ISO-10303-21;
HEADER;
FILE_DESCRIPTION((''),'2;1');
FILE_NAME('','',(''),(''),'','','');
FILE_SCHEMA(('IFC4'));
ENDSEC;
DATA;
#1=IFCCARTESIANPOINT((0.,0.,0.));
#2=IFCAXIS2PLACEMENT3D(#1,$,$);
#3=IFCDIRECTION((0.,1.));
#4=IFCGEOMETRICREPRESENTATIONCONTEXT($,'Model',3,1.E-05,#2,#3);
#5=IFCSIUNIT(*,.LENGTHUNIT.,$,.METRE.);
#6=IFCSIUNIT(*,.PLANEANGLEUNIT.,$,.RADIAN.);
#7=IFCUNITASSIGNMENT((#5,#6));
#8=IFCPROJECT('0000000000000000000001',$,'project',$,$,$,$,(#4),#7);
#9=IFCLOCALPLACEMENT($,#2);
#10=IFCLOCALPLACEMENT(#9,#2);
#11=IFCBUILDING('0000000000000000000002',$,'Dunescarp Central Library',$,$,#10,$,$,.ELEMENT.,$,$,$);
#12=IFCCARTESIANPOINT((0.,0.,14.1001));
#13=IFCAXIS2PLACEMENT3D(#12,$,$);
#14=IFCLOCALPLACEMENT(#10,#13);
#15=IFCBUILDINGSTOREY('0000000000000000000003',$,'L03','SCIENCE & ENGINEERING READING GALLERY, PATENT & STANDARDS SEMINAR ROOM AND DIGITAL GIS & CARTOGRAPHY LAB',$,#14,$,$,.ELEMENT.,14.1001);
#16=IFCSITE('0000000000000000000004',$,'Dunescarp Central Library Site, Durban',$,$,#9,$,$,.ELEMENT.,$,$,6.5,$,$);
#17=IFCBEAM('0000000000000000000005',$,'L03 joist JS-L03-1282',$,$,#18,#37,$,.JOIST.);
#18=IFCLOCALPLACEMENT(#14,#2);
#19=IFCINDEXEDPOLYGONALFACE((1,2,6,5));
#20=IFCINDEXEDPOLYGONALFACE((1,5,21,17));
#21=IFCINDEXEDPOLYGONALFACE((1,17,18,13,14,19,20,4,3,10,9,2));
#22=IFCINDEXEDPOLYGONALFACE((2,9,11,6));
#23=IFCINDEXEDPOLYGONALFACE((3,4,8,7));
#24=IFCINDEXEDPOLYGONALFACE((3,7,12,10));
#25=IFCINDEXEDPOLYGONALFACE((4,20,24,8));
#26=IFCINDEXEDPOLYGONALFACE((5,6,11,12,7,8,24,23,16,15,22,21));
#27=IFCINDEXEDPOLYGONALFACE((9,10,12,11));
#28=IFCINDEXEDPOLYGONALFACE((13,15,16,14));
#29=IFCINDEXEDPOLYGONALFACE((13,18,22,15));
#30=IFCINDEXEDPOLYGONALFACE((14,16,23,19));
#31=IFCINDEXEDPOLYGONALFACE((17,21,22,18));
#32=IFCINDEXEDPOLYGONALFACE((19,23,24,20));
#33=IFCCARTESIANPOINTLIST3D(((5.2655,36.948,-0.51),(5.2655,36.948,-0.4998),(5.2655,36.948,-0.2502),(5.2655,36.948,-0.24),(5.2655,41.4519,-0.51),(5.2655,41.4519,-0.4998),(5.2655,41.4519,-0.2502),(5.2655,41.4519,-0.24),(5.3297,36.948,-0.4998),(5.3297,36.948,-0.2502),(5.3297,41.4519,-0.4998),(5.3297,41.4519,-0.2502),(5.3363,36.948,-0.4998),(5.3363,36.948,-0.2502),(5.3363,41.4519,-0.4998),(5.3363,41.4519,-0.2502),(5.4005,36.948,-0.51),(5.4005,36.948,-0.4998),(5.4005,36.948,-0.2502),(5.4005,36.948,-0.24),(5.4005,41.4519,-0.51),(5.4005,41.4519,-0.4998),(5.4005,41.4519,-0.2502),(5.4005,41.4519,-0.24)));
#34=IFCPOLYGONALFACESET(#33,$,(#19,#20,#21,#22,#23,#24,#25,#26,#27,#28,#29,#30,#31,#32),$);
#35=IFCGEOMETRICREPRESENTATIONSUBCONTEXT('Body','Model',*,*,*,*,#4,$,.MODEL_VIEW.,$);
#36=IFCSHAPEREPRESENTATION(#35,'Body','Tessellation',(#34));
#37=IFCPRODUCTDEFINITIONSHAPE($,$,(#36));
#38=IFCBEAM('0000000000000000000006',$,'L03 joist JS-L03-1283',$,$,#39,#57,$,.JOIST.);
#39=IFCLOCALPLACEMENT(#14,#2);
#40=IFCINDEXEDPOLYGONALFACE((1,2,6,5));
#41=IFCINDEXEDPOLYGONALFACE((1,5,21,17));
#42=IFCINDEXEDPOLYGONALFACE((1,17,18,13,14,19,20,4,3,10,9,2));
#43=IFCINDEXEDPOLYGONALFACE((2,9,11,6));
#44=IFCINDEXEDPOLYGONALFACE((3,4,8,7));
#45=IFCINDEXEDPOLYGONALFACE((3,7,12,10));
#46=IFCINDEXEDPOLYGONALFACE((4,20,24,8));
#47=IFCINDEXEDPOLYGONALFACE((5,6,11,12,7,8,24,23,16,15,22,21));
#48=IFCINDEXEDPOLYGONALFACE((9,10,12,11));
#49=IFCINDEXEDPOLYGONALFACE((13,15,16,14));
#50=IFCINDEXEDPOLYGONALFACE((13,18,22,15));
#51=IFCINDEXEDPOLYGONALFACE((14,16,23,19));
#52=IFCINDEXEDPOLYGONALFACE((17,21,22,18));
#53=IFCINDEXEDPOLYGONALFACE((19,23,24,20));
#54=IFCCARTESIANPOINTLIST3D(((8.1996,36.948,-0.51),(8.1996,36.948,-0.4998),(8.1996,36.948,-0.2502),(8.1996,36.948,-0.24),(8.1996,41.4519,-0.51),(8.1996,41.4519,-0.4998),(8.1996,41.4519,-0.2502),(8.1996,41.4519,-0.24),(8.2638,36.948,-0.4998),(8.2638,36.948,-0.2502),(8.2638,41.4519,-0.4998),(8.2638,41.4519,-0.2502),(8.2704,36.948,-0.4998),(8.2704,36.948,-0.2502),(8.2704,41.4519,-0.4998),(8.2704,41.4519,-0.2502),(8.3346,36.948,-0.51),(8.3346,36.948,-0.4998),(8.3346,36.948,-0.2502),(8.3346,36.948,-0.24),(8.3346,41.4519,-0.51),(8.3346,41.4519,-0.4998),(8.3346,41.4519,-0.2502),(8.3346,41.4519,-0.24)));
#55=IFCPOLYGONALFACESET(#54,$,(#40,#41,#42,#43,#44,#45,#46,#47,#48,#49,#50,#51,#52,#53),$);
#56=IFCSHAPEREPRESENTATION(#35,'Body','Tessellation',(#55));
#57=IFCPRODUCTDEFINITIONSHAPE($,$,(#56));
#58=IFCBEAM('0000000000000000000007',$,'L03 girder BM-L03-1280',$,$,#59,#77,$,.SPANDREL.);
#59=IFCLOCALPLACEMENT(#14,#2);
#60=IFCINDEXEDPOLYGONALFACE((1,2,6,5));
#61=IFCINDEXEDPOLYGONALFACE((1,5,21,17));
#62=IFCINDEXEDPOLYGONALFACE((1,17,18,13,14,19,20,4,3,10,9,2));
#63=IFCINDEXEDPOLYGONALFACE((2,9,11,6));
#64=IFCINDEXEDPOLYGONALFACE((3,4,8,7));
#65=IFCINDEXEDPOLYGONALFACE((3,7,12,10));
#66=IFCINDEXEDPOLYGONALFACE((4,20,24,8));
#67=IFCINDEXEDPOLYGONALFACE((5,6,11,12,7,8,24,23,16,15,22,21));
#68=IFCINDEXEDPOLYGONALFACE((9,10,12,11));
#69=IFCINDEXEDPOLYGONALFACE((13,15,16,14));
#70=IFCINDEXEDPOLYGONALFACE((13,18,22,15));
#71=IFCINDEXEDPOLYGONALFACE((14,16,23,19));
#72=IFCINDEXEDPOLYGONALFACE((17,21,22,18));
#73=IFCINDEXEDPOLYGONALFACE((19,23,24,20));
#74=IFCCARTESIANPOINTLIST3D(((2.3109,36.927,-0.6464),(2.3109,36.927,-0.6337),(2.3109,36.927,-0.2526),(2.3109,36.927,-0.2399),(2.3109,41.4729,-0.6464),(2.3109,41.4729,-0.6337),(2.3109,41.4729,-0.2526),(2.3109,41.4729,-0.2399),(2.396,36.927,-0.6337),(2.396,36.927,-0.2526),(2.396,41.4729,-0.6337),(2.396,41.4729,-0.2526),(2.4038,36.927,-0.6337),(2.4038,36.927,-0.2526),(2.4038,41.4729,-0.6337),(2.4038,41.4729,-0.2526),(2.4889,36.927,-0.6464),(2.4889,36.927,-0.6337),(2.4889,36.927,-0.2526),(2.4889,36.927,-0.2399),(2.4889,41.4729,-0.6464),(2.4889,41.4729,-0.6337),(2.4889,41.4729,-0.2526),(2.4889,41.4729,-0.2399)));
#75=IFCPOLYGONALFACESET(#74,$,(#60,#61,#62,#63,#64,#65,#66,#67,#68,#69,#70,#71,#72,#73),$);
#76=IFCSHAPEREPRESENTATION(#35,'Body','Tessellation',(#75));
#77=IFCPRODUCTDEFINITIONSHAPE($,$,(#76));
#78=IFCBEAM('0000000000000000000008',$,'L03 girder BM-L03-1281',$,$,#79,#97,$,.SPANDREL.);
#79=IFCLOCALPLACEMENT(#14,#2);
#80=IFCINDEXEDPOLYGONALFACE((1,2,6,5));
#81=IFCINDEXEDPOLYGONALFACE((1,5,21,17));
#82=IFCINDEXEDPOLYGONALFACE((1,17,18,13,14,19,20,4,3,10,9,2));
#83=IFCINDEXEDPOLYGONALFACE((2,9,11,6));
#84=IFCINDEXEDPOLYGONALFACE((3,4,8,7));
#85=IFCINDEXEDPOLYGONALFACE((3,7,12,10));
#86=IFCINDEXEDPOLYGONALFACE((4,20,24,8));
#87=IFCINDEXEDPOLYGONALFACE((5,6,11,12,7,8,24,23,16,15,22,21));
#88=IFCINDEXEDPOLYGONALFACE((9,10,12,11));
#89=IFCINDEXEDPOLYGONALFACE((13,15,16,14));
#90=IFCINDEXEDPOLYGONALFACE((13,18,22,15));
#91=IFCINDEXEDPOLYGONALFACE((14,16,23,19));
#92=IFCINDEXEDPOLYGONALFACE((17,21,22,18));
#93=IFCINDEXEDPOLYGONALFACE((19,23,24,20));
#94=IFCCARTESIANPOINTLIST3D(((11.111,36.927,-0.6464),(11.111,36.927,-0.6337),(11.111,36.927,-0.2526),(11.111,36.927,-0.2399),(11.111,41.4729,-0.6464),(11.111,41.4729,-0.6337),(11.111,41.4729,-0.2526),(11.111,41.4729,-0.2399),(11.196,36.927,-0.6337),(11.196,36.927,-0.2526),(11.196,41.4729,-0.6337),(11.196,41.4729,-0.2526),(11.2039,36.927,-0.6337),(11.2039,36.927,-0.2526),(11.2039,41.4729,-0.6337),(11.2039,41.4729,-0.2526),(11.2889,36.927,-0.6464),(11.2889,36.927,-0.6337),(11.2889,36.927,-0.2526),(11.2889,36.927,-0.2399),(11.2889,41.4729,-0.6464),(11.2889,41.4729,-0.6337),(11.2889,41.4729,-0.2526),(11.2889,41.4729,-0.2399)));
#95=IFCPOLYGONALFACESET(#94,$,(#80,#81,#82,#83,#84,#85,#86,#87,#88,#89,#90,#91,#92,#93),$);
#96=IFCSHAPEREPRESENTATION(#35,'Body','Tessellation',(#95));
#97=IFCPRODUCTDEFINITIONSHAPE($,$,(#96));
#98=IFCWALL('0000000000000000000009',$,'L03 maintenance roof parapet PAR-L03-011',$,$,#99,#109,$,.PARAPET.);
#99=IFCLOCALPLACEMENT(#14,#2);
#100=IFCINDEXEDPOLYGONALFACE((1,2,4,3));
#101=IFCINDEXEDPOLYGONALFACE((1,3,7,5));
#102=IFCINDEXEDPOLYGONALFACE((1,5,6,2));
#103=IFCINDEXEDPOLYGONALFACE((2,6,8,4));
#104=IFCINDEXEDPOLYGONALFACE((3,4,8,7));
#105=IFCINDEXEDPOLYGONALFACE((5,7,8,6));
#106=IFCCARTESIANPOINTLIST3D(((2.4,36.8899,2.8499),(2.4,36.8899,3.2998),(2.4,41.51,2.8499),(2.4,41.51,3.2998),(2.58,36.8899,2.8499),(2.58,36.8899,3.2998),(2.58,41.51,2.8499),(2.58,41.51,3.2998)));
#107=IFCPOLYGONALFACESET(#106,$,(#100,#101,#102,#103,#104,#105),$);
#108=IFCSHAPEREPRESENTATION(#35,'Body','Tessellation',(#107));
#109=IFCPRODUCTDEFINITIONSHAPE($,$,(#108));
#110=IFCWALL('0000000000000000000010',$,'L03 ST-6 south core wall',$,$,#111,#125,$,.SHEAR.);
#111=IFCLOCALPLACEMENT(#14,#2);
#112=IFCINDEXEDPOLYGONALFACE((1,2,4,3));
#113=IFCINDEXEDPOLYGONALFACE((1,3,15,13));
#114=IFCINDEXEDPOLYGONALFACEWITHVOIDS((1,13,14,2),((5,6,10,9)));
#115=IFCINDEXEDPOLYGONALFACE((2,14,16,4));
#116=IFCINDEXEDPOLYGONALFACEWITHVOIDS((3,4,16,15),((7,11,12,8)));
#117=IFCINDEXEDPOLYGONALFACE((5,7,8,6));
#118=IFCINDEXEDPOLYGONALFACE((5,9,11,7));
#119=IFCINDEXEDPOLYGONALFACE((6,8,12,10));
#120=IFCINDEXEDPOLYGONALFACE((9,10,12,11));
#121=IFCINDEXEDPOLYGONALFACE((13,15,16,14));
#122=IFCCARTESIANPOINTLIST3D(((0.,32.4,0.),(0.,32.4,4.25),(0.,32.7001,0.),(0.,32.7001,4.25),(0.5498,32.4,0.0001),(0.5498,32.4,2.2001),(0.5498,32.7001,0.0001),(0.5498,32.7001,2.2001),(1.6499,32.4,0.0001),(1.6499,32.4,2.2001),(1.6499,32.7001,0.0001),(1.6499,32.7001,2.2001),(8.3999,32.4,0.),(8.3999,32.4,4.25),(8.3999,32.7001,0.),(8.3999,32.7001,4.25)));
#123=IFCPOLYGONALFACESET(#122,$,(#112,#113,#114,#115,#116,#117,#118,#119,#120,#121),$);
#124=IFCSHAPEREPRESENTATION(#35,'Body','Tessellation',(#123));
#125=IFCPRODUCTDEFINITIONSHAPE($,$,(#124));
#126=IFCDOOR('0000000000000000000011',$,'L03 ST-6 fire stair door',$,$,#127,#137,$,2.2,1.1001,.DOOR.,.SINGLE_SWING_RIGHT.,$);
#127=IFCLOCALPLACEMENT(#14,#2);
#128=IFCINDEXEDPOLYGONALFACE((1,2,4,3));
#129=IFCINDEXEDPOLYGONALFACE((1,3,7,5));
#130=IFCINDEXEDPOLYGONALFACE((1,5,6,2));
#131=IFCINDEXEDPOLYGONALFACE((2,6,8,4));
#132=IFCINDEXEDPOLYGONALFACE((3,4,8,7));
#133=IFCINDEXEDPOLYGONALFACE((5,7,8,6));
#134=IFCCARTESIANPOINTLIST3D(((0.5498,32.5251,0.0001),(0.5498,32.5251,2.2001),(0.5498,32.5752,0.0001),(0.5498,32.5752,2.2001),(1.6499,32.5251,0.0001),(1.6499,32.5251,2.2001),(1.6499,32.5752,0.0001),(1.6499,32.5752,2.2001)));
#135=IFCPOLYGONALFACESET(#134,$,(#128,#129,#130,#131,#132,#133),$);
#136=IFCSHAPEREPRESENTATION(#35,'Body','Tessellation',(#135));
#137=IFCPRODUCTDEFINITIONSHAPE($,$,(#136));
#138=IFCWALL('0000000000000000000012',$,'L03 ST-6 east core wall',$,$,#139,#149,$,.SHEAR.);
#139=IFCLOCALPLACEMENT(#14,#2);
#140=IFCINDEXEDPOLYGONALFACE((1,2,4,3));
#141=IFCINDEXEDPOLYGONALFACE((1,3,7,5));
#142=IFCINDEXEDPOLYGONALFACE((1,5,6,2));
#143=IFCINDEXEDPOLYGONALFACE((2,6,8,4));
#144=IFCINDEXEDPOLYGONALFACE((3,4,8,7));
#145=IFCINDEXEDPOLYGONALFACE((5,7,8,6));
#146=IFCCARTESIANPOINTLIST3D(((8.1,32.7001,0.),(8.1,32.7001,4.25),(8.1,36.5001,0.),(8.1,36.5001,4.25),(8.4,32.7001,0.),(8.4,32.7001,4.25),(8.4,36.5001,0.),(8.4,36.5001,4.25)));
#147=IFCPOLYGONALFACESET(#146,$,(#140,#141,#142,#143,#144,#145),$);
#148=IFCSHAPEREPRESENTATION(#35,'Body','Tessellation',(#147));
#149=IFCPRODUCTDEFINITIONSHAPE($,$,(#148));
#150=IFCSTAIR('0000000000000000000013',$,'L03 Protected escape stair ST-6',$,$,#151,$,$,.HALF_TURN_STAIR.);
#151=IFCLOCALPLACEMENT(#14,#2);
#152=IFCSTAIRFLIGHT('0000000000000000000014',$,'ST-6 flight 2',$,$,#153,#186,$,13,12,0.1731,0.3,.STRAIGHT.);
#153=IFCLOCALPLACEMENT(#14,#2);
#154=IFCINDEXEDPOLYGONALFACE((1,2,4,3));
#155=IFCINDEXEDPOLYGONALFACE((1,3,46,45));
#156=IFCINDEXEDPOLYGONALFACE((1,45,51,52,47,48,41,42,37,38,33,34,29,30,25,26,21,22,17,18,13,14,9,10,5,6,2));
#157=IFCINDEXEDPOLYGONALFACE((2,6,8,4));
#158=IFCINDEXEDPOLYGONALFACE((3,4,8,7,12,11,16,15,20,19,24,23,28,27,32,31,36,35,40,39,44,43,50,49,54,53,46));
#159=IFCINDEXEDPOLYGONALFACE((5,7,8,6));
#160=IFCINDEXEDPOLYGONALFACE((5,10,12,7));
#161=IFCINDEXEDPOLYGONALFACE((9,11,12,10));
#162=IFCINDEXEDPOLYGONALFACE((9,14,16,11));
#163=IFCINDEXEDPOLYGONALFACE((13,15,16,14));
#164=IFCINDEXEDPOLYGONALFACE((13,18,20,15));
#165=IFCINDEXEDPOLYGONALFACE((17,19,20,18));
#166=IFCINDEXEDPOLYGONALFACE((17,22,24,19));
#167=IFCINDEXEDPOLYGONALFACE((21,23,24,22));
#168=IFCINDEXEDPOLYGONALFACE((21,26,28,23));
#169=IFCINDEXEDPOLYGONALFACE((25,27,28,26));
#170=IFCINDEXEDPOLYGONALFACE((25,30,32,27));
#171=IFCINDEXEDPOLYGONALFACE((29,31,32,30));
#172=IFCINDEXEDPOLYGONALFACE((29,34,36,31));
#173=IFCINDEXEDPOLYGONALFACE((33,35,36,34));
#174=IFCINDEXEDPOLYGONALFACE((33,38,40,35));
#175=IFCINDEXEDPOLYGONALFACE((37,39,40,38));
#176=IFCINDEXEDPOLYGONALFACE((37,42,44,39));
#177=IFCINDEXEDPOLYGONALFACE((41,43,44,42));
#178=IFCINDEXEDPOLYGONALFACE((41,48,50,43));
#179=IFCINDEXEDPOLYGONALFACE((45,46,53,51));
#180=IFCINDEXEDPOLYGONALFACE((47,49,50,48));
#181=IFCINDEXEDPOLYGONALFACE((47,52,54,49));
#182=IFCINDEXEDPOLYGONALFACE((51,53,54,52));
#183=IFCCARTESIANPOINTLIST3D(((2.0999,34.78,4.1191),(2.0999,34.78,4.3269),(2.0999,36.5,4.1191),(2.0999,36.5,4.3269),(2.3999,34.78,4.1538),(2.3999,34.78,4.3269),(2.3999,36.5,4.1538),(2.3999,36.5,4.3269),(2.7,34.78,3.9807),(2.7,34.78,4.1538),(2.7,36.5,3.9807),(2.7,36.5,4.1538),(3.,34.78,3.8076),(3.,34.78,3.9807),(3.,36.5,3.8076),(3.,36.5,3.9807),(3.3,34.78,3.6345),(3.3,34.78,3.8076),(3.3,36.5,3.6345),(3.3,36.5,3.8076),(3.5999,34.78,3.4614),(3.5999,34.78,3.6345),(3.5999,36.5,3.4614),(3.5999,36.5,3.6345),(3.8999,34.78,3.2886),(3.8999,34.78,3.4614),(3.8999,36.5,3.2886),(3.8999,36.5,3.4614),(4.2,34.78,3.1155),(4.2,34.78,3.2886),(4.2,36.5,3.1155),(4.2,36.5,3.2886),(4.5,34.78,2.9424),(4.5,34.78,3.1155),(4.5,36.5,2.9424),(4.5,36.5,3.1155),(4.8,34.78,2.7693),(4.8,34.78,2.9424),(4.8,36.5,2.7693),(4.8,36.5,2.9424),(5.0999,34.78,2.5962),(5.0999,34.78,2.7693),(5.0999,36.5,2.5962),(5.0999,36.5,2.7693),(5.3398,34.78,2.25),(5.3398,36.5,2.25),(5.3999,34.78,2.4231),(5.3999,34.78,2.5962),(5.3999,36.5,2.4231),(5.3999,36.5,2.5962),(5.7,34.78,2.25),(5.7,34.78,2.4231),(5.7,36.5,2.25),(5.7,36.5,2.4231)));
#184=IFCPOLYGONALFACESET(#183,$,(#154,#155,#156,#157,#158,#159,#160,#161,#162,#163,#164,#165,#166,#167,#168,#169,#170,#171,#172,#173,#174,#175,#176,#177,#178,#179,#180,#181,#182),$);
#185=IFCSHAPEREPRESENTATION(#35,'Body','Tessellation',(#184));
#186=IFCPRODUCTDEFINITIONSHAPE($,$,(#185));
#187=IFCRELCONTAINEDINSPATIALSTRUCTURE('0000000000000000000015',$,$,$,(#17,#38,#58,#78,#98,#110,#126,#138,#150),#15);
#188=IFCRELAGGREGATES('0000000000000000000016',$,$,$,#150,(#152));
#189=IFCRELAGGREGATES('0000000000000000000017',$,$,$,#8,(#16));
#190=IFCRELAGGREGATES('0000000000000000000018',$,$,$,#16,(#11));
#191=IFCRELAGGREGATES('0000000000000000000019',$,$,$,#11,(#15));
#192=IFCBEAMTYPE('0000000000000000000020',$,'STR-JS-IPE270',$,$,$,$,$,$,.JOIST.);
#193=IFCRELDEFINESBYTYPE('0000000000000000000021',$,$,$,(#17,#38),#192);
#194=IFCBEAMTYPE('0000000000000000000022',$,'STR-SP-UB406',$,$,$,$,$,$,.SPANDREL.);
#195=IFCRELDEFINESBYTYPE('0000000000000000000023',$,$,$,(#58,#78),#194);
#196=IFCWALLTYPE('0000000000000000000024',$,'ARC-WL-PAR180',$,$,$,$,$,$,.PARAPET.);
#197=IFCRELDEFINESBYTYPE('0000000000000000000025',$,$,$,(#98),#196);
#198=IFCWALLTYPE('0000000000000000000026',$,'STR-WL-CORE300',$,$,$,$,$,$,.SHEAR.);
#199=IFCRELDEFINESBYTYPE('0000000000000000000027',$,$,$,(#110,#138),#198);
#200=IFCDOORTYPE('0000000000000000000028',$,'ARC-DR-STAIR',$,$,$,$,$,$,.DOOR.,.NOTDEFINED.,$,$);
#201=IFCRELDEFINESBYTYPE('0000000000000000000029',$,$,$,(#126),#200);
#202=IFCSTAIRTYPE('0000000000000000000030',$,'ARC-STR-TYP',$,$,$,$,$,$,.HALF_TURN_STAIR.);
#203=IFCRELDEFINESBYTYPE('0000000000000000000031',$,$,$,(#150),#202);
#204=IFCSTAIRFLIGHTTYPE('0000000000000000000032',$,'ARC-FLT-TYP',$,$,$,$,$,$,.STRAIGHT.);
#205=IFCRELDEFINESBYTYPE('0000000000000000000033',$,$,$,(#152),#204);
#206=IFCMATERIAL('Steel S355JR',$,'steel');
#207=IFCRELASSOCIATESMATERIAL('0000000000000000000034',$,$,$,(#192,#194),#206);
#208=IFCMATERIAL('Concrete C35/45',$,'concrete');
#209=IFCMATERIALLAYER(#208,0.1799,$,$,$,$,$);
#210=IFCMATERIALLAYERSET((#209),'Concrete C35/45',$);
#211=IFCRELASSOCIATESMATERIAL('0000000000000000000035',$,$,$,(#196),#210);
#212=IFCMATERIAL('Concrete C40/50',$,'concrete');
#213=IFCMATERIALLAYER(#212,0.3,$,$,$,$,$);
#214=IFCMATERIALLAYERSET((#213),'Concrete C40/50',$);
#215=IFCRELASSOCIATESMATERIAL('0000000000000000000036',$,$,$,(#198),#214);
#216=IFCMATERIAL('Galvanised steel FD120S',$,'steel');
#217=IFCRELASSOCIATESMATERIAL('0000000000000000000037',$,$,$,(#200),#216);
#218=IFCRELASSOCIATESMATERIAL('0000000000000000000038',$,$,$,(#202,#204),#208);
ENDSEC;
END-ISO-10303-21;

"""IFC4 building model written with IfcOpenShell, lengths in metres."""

from ifc_helpers import new_model, si_unit, direction, frame, frame_2d, origin, origin_2d, place, context, subcontext, project, spatial, polyline, rectangle, i_section, outline, extrude, material, layer, layer_set, material_profile, profile_set, type_object, element, fill, aggregate, save


model = new_model("IFC4")

# Units and contexts
model_context = context("Model", 3, precision=1e-05, world=origin(), true_north=direction((0.0, 1.0)))
body_context = subcontext(model_context, "Body", "Model", "MODEL_VIEW")
ifc_project = project(units=[si_unit("LENGTHUNIT", "METRE"), si_unit("PLANEANGLEUNIT", "RADIAN")], contexts=[model_context])

# Site, building, storey
site_placement = place(None, origin())
site = spatial("IfcSite", under=ifc_project, at=site_placement, Name="Dunescarp Central Library Site, Durban", CompositionType="ELEMENT", RefElevation=6.5)
building_placement = place(site_placement, origin())
building = spatial("IfcBuilding", under=site, at=building_placement, Name="Dunescarp Central Library", CompositionType="ELEMENT")
storey_placement = place(building_placement, frame((0.0, 0.0, 14.1001)))
storey = spatial("IfcBuildingStorey", under=building, at=storey_placement, Name="L03", Description="SCIENCE & ENGINEERING READING GALLERY, PATENT & STANDARDS SEMINAR ROOM AND DIGITAL GIS & CARTOGRAPHY LAB", CompositionType="ELEMENT", Elevation=14.1001)

# Shared definitions
ifc_material_1 = material(Name="Steel S355JR", Category="steel")

# Beams
ifc_material_profile_1 = material_profile(ifc_material_1, i_section(OverallWidth=0.135, OverallDepth=0.27, WebThickness=0.0066, FlangeThickness=0.0103, at=origin_2d()), Name="IPE 270")
ifc_profile_set_1 = profile_set([ifc_material_profile_1], Name="Steel S355JR")
beam_type_1 = type_object("IfcBeamType", Name="STR-JS-IPE270", PredefinedType="JOIST", material=ifc_profile_set_1)
for number, where, z_axis, x_axis, name in (
    (1, (5.333, 36.948, -0.375), (0.0, 1.0, 0.0), (-1.0, 0.0, 0.0), "L03 joist JS-L03-1282"),
    (2, (8.2671, 36.948, -0.375), (0.0, 1.0, 0.0), (-1.0, 0.0, 0.0), "L03 joist JS-L03-1283"),
):
    element("IfcBeam", number, at=place(storey_placement, frame(where, z_axis=z_axis, x_axis=x_axis)), inside=storey, type_object=beam_type_1, Name=name, PredefinedType="JOIST", context=body_context, shape_type="SweptSolid", body=[
        extrude(i_section(OverallWidth=0.135, OverallDepth=0.27, WebThickness=0.0066, FlangeThickness=0.0103, at=origin_2d()), origin(), (0.0, 0.0, 1.0), 4.5039),
    ])
ifc_material_profile_2 = material_profile(ifc_material_1, i_section(OverallWidth=0.178, OverallDepth=0.4065, WebThickness=0.0078, FlangeThickness=0.0127, at=origin_2d()), Name="UB 406x178x60")
ifc_profile_set_2 = profile_set([ifc_material_profile_2], Name="Steel S355JR")
beam_type_2 = type_object("IfcBeamType", Name="STR-SP-UB406", PredefinedType="SPANDREL", material=ifc_profile_set_2)
for number, where, z_axis, x_axis, name in (
    (3, (2.3999, 36.927, -0.4431), (0.0, 1.0, 0.0), (-1.0, 0.0, 0.0), "L03 girder BM-L03-1280"),
    (4, (11.2, 36.927, -0.4431), (0.0, 1.0, 0.0), (-1.0, 0.0, 0.0), "L03 girder BM-L03-1281"),
):
    element("IfcBeam", number, at=place(storey_placement, frame(where, z_axis=z_axis, x_axis=x_axis)), inside=storey, type_object=beam_type_2, Name=name, PredefinedType="SPANDREL", context=body_context, shape_type="SweptSolid", body=[
        extrude(i_section(OverallWidth=0.178, OverallDepth=0.4065, WebThickness=0.0078, FlangeThickness=0.0127, at=origin_2d()), origin(), (0.0, 0.0, 1.0), 4.5459),
    ])

# Wall
ifc_material_2 = material(Name="Concrete C35/45", Category="concrete")
ifc_layer_1 = layer(ifc_material_2, 0.1799)
ifc_layer_set_1 = layer_set([ifc_layer_1], Name="Concrete C35/45")
wall_type_1 = type_object("IfcWallType", Name="ARC-WL-PAR180", PredefinedType="PARAPET", material=ifc_layer_set_1)
wall_1_placement = place(storey_placement, frame((2.49, 36.8899, 2.8499), z_axis=(0.0, 0.0, 1.0), x_axis=(0.0, 1.0, 0.0)))
element("IfcWall", 5, at=wall_1_placement, inside=storey, type_object=wall_type_1, Name="L03 maintenance roof parapet PAR-L03-011", PredefinedType="PARAPET", context=body_context, shape_type="SweptSolid", body=[
    extrude(rectangle(XDim=4.6201, YDim=0.1799, at=frame_2d((2.3101, 0.0))), origin(), (0.0, 0.0, 1.0), 0.45),
])

# Wall, opening, door
ifc_material_3 = material(Name="Concrete C40/50", Category="concrete")
ifc_layer_2 = layer(ifc_material_3, 0.3)
ifc_layer_set_2 = layer_set([ifc_layer_2], Name="Concrete C40/50")
wall_type_2 = type_object("IfcWallType", Name="STR-WL-CORE300", PredefinedType="SHEAR", material=ifc_layer_set_2)
wall_2_placement = place(storey_placement, frame((8.3999, 32.55, 0.0), z_axis=(0.0, 0.0, 1.0), x_axis=(-1.0, 0.0, 0.0)))
wall_2 = element("IfcWall", 6, at=wall_2_placement, inside=storey, type_object=wall_type_2, Name="L03 ST-6 south core wall", PredefinedType="SHEAR", context=body_context, shape_type="SweptSolid", body=[
    extrude(rectangle(XDim=8.3999, YDim=0.3, at=frame_2d((4.2, 0.0))), origin(), (0.0, 0.0, 1.0), 4.25),
])
opening_placement = place(wall_2_placement, frame((6.75, 0.0, 0.0)))
opening = element("IfcOpeningElement", 7, at=opening_placement, cuts=wall_2, PredefinedType="OPENING", context=body_context, shape_type="SweptSolid", body=[
    extrude(rectangle(XDim=1.1001, YDim=2.2, at=frame_2d((0.55, 1.1001))), frame((0.0, 0.1602, 0.0), z_axis=(0.0, -1.0, 0.0), x_axis=(1.0, 0.0, 0.0)), (0.0, 0.0, 1.0), 0.3201),
])
ifc_material_4 = material(Name="Galvanised steel FD120S", Category="steel")
door_type = type_object("IfcDoorType", Name="ARC-DR-STAIR", OperationType="NOTDEFINED", PredefinedType="DOOR", material=ifc_material_4)
door_placement = place(opening_placement, origin())
door = element("IfcDoor", 8, at=door_placement, inside=storey, type_object=door_type, Name="L03 ST-6 fire stair door", OperationType="SINGLE_SWING_RIGHT", OverallHeight=2.2, OverallWidth=1.1001, PredefinedType="DOOR", context=body_context, shape_type="SweptSolid", body=[
    extrude(rectangle(XDim=1.1001, YDim=2.2, at=frame_2d((0.55, 1.1001))), frame((0.0, 0.0249, 0.0), z_axis=(0.0, -1.0, 0.0), x_axis=(1.0, 0.0, 0.0)), (0.0, 0.0, 1.0), 0.05),
])
fill(opening, door)

# Wall
wall_3_placement = place(storey_placement, frame((8.25, 36.5, 0.0), z_axis=(0.0, 0.0, 1.0), x_axis=(0.0, -1.0, 0.0)))
element("IfcWall", 9, at=wall_3_placement, inside=storey, type_object=wall_type_2, Name="L03 ST-6 east core wall", PredefinedType="SHEAR", context=body_context, shape_type="SweptSolid", body=[
    extrude(rectangle(XDim=3.8, YDim=0.3, at=frame_2d((1.8999, 0.0))), origin(), (0.0, 0.0, 1.0), 4.25),
])

# Stair, stair flight
stair_type = type_object("IfcStairType", Name="ARC-STR-TYP", PredefinedType="HALF_TURN_STAIR", material=ifc_material_2)
stair_placement = place(storey_placement, origin())
stair = element("IfcStair", 10, at=stair_placement, inside=storey, type_object=stair_type, Name="L03 Protected escape stair ST-6", PredefinedType="HALF_TURN_STAIR")
stair_flight_type = type_object("IfcStairFlightType", Name="ARC-FLT-TYP", PredefinedType="STRAIGHT", material=ifc_material_2)
stair_flight_placement = place(storey_placement, frame((5.7, 35.6399, 2.25), z_axis=(0.0, 0.0, 1.0), x_axis=(-1.0, 0.0, 0.0)))
stair_flight = element("IfcStairFlight", 11, at=stair_flight_placement, type_object=stair_flight_type, Name="ST-6 flight 2", NumberOfRisers=13, NumberOfTreads=12, PredefinedType="STRAIGHT", RiserHeight=0.1731, TreadLength=0.3, context=body_context, shape_type="SweptSolid", body=[
    extrude(outline(polyline([(0.0, 0.0), (0.0, 0.1731), (0.3, 0.1731), (0.3, 0.3462), (0.6001, 0.3462), (0.6001, 0.5193), (0.8999, 0.5193), (0.8999, 0.6924), (1.2, 0.6924), (1.2, 0.8655), (1.5, 0.8655), (1.5, 1.0386), (1.8, 1.0386), (1.8, 1.2114), (2.1001, 1.2114), (2.1001, 1.3845), (2.3999, 1.3845), (2.3999, 1.5576), (2.7, 1.5576), (2.7, 1.7307), (3.0, 1.7307), (3.0, 1.9038), (3.3, 1.9038), (3.3, 2.0769), (3.6001, 2.0769), (3.6001, 2.25), (3.6001, 1.8691), (0.3601, 0.0), (0.0, 0.0)])), frame((0.0, 0.8599, 0.0), z_axis=(0.0, -1.0, 0.0), x_axis=(1.0, 0.0, 0.0)), (0.0, 0.0, 1.0), 1.72),
])
aggregate(stair, [stair_flight])

save(model, "model.ifc")
